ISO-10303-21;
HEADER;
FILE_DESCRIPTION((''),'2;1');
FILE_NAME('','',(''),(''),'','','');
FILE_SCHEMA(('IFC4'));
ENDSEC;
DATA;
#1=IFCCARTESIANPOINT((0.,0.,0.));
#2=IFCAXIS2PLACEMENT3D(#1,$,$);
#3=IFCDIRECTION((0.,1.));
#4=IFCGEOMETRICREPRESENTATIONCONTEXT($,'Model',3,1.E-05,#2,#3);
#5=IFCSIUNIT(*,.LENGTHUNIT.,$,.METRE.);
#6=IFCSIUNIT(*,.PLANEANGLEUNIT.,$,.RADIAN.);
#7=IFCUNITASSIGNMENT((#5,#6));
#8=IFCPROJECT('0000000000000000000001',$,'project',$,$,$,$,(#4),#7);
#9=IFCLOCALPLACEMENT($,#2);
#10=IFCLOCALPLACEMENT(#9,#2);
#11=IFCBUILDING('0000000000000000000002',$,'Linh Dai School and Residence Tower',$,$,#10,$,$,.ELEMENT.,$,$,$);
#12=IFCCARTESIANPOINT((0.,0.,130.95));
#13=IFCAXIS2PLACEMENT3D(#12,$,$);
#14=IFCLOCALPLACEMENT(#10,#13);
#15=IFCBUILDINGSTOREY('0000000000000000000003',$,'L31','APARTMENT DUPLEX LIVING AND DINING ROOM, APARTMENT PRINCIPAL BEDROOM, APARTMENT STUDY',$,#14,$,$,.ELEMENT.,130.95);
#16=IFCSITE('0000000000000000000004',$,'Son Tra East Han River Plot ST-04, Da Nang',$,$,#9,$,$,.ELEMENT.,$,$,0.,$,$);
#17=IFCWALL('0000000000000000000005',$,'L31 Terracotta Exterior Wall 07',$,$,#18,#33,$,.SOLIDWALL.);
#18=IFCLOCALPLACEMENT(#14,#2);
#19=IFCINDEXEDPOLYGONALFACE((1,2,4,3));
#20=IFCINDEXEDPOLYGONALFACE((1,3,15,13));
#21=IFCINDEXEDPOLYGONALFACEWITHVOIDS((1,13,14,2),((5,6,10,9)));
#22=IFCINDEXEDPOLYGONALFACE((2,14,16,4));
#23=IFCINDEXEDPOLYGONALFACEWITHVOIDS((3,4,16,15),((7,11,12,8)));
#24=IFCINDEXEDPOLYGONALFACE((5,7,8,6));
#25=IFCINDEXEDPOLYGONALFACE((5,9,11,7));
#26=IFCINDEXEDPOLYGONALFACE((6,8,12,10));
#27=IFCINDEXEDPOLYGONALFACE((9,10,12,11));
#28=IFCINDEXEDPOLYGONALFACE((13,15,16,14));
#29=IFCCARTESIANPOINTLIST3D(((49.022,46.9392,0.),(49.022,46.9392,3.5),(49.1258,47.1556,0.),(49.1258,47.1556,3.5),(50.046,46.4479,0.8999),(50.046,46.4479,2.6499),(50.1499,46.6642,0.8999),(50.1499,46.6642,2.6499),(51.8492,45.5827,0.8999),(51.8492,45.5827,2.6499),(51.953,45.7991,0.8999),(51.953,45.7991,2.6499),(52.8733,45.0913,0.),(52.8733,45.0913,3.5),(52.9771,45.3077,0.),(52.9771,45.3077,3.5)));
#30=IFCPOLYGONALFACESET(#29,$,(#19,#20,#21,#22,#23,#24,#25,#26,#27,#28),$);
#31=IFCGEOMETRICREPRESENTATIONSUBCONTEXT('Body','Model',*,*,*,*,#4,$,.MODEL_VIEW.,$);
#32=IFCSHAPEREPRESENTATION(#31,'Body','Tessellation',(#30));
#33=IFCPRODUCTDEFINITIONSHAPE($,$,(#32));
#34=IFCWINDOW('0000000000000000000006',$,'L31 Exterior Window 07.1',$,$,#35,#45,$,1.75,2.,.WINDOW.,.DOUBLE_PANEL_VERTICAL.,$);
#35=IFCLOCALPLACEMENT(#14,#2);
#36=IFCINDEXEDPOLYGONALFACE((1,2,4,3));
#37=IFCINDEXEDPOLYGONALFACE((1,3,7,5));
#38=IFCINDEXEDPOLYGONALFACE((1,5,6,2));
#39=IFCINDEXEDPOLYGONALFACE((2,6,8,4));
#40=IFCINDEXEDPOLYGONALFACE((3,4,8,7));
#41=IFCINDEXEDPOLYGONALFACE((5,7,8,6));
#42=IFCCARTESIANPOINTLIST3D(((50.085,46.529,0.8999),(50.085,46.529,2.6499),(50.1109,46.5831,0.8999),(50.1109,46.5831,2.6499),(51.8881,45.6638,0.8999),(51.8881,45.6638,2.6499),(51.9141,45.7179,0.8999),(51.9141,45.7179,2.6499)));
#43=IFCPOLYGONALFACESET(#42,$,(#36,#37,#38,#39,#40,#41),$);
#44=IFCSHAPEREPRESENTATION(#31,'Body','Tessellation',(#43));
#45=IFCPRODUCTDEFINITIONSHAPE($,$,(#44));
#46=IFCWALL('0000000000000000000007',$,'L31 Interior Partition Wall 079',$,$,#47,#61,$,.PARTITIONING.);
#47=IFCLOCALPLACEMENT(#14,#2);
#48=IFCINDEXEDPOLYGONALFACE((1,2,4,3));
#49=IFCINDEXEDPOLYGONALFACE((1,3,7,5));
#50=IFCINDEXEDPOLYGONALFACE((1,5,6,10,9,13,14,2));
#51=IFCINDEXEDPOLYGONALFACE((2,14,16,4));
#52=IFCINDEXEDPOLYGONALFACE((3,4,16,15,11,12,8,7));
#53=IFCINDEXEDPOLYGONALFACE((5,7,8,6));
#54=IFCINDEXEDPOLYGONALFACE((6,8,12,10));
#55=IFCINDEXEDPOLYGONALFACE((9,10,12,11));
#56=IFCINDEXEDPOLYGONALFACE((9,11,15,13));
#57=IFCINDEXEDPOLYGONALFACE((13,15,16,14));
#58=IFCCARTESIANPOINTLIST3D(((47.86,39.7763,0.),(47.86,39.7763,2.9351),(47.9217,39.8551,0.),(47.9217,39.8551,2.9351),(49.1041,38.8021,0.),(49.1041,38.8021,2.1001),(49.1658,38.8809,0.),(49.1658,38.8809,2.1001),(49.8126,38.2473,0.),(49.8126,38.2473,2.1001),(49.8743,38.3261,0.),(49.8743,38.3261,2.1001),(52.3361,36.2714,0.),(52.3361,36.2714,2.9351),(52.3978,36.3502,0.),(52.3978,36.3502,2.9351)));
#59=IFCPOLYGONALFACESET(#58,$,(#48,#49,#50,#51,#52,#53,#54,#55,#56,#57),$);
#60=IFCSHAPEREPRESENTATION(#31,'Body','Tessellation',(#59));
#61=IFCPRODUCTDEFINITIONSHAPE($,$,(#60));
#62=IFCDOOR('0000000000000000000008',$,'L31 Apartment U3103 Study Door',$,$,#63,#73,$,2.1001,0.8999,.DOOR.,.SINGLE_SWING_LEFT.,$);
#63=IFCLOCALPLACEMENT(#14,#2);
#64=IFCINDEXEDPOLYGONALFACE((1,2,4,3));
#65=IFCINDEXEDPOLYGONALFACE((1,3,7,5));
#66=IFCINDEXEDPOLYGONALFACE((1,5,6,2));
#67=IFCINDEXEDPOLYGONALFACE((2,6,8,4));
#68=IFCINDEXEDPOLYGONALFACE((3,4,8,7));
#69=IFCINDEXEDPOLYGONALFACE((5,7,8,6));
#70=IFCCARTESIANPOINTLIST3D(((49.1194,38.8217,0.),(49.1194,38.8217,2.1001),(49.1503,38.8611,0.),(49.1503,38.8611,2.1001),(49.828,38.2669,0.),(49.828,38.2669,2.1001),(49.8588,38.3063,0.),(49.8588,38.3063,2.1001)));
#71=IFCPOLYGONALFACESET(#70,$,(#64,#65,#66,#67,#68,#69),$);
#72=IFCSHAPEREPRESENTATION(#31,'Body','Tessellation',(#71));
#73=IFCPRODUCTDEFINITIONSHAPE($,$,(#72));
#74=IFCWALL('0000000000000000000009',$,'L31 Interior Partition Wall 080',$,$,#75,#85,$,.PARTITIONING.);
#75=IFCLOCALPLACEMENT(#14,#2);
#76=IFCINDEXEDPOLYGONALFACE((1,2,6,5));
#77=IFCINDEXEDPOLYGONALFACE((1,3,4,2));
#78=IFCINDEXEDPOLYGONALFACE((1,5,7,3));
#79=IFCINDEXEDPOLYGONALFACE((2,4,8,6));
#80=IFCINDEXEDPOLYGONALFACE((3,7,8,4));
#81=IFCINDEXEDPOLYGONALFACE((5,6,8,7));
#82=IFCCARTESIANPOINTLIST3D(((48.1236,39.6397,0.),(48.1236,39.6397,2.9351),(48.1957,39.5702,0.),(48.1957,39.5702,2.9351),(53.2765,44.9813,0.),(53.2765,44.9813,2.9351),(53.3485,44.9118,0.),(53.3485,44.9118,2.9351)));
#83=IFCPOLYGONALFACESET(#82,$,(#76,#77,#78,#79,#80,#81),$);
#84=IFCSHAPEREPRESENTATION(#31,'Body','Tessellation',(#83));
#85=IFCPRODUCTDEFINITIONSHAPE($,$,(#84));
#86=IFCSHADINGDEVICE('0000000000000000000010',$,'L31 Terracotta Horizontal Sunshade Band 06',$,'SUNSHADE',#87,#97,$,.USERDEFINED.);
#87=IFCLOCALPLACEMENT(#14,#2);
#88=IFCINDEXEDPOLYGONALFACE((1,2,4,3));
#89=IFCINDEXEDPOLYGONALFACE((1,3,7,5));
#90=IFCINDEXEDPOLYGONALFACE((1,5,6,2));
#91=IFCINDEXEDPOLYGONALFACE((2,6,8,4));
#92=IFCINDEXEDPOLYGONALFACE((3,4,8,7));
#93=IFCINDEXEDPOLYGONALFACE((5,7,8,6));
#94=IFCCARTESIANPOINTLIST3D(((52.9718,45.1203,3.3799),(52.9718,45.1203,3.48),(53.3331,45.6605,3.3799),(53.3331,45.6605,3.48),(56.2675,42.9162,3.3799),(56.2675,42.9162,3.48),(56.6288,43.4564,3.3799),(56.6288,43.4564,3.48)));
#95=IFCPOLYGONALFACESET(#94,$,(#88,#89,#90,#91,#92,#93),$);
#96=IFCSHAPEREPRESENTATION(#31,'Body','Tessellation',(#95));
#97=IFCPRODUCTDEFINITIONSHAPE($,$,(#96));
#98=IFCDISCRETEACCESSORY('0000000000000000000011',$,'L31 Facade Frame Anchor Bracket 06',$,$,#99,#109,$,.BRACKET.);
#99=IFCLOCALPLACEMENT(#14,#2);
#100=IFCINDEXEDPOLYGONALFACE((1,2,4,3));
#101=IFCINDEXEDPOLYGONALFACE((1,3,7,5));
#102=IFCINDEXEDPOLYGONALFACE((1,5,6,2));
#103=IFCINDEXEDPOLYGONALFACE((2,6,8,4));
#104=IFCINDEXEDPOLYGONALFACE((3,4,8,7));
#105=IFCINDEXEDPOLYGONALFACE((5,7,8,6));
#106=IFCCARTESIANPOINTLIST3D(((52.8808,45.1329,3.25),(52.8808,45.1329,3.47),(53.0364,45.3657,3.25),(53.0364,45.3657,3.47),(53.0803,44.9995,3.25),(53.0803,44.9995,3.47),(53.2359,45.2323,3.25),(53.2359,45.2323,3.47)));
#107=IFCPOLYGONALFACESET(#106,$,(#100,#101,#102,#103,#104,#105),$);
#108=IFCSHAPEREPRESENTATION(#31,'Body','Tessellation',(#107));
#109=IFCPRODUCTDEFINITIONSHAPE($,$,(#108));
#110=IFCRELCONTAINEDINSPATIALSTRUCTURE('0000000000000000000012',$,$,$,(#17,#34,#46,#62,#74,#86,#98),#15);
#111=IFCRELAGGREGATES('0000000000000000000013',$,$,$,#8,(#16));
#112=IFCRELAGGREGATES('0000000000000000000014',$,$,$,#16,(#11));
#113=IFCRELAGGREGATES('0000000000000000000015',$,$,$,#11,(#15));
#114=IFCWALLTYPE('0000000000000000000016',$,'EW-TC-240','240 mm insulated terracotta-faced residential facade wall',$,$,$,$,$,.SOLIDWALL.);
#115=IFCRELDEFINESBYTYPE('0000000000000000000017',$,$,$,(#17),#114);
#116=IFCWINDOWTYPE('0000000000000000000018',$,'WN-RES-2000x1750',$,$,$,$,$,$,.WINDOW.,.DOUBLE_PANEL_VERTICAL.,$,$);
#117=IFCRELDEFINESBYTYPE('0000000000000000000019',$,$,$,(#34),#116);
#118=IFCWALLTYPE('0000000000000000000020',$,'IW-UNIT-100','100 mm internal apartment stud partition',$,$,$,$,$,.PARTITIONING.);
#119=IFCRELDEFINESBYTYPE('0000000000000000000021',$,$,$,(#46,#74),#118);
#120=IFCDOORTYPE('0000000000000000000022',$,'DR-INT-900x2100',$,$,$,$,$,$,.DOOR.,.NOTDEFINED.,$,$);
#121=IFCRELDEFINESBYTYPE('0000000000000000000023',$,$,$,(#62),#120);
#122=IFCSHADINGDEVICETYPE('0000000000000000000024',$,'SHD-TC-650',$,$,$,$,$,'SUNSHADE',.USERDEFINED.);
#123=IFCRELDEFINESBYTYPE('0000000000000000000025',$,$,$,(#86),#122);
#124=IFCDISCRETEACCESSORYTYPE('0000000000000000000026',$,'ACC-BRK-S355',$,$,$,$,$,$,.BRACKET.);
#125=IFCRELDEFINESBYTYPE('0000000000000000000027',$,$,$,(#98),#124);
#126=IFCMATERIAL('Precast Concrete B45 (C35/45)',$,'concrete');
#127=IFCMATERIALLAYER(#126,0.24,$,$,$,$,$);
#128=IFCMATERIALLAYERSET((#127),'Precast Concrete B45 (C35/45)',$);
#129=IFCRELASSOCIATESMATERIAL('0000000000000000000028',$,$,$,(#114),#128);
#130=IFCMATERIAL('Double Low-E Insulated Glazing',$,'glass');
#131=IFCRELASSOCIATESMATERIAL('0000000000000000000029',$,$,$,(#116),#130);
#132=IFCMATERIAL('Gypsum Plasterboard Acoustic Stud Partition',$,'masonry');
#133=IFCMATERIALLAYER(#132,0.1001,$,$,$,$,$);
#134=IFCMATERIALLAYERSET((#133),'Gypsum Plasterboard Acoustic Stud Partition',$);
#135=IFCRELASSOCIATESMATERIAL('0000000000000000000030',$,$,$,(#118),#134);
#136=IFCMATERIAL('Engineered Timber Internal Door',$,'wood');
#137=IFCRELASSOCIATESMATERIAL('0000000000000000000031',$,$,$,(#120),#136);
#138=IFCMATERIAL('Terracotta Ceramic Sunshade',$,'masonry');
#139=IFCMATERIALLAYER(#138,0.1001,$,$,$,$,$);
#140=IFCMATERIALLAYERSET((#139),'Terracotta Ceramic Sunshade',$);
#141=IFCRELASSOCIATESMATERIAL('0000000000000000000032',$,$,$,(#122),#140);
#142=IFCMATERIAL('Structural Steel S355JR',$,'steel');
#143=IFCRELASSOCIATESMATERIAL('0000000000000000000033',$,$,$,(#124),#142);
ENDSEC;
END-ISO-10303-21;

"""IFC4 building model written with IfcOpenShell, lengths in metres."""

from ifc_helpers import new_model, si_unit, direction, frame, frame_2d, origin, origin_2d, place, context, subcontext, project, spatial, rectangle, extrude, source, transform, mapped, material, layer, layer_set, type_object, element, fill, save


model = new_model("IFC4")

# Units and contexts
model_context = context("Model", 3, precision=1e-05, world=origin(), true_north=direction((0.0, 1.0)))
body_context = subcontext(model_context, "Body", "Model", "MODEL_VIEW")
ifc_project = project(units=[si_unit("LENGTHUNIT", "METRE"), si_unit("PLANEANGLEUNIT", "RADIAN")], contexts=[model_context])

# Site, building, storey
site_placement = place(None, origin())
site = spatial("IfcSite", under=ifc_project, at=site_placement, Name="Son Tra East Han River Plot ST-04, Da Nang", CompositionType="ELEMENT", RefElevation=0.0)
building_placement = place(site_placement, origin())
building = spatial("IfcBuilding", under=site, at=building_placement, Name="Linh Dai School and Residence Tower", CompositionType="ELEMENT")
storey_placement = place(building_placement, frame((0.0, 0.0, 130.95)))
storey = spatial("IfcBuildingStorey", under=building, at=storey_placement, Name="L31", Description="APARTMENT DUPLEX LIVING AND DINING ROOM, APARTMENT PRINCIPAL BEDROOM, APARTMENT STUDY", CompositionType="ELEMENT", Elevation=130.95)

# Shared definitions
ifc_material_1 = material(Name="Structural Steel S355JR", Category="steel")

# Shared definitions
ifc_material_2 = material(Name="Precast Concrete B45 (C35/45)", Category="concrete")

# Shared definitions
ifc_material_3 = material(Name="Double Low-E Insulated Glazing", Category="glass")

# Wall, opening, window
ifc_layer_1 = layer(ifc_material_2, 0.24)
ifc_layer_set_1 = layer_set([ifc_layer_1], Name="Precast Concrete B45 (C35/45)")
wall_type_1 = type_object("IfcWallType", Name="EW-TC-240", Description="240 mm insulated terracotta-faced residential facade wall", PredefinedType="SOLIDWALL", material=ifc_layer_set_1)
window_type_1 = type_object("IfcWindowType", Name="WN-RES-2000x1750", PartitioningType="DOUBLE_PANEL_VERTICAL", PredefinedType="WINDOW", material=ifc_material_3)
shared_shape_1 = source(origin(), body_context, "Body", "SweptSolid", [
    extrude(rectangle(XDim=2.0, YDim=1.75, at=origin_2d()), frame((1.0, 0.03, 0.875), z_axis=(0.0, -1.0, 0.0), x_axis=(1.0, 0.0, 0.0)), (0.0, 0.0, 1.0), 0.0601),
])
wall_1_placement = place(storey_placement, frame((49.074, 47.0474, 0.0), z_axis=(0.0, 0.0, 1.0), x_axis=(0.90159, -0.432592, 0.0)))
wall_1 = element("IfcWall", 1, at=wall_1_placement, inside=storey, type_object=wall_type_1, Name="L31 Terracotta Exterior Wall 07", PredefinedType="SOLIDWALL", context=body_context, shape_type="SweptSolid", body=[
    extrude(rectangle(XDim=4.2717, YDim=0.24, at=frame_2d((2.1357, 0.0))), origin(), (0.0, 0.0, 1.0), 3.5),
])
opening_1_placement = place(wall_1_placement, frame((1.1357, 0.0, 0.8999)))
opening_1 = element("IfcOpeningElement", 2, at=opening_1_placement, cuts=wall_1, PredefinedType="OPENING", context=body_context, shape_type="SweptSolid", body=[
    extrude(rectangle(XDim=2.0, YDim=1.75, at=origin_2d()), frame((1.0, 0.1299, 0.875), z_axis=(0.0, -1.0, 0.0), x_axis=(1.0, 0.0, 0.0)), (0.0, 0.0, 1.0), 0.26),
])
window_1_placement = place(opening_1_placement, origin())
window_1 = element("IfcWindow", 3, at=window_1_placement, inside=storey, type_object=window_type_1, Name="L31 Exterior Window 07.1", OverallHeight=1.75, OverallWidth=2.0, PartitioningType="DOUBLE_PANEL_VERTICAL", PredefinedType="WINDOW", context=body_context, shape_type="MappedRepresentation", body=[
    mapped(shared_shape_1, transform((0.0, 0.0, 0.0), x_axis=(1.0, 0.0, 0.0), y_axis=(0.0, 1.0, 0.0), z_axis=(0.0, 0.0, 1.0), scale=1.0)),
])
fill(opening_1, window_1)

# Wall, opening, door
ifc_material_4 = material(Name="Gypsum Plasterboard Acoustic Stud Partition", Category="masonry")
ifc_layer_2 = layer(ifc_material_4, 0.1001)
ifc_layer_set_2 = layer_set([ifc_layer_2], Name="Gypsum Plasterboard Acoustic Stud Partition")
wall_type_2 = type_object("IfcWallType", Name="IW-UNIT-100", Description="100 mm internal apartment stud partition", PredefinedType="PARTITIONING", material=ifc_layer_set_2)
wall_2_placement = place(storey_placement, frame((47.8909, 39.8157, 0.0), z_axis=(0.0, 0.0, 1.0), x_axis=(0.787345, -0.616512, 0.0)))
wall_2 = element("IfcWall", 4, at=wall_2_placement, inside=storey, type_object=wall_type_2, Name="L31 Interior Partition Wall 079", PredefinedType="PARTITIONING", context=body_context, shape_type="SweptSolid", body=[
    extrude(rectangle(XDim=5.6851, YDim=0.1001, at=frame_2d((2.8425, 0.0))), origin(), (0.0, 0.0, 1.0), 2.9351),
])
opening_2_placement = place(wall_2_placement, frame((1.5801, 0.0, 0.0)))
opening_2 = element("IfcOpeningElement", 5, at=opening_2_placement, cuts=wall_2, PredefinedType="OPENING", context=body_context, shape_type="SweptSolid", body=[
    extrude(rectangle(XDim=0.8999, YDim=2.1001, at=origin_2d()), frame((0.45, 0.0601, 1.05), z_axis=(0.0, -1.0, 0.0), x_axis=(1.0, 0.0, 0.0)), (0.0, 0.0, 1.0), 0.1201),
])
ifc_material_5 = material(Name="Engineered Timber Internal Door", Category="wood")
door_type = type_object("IfcDoorType", Name="DR-INT-900x2100", OperationType="NOTDEFINED", PredefinedType="DOOR", material=ifc_material_5)
shared_shape_2 = source(origin(), body_context, "Body", "SweptSolid", [
    extrude(rectangle(XDim=0.8999, YDim=2.1001, at=origin_2d()), frame((0.45, 0.0249, 1.05), z_axis=(0.0, -1.0, 0.0), x_axis=(1.0, 0.0, 0.0)), (0.0, 0.0, 1.0), 0.05),
])
door_placement = place(opening_2_placement, origin())
door = element("IfcDoor", 6, at=door_placement, inside=storey, type_object=door_type, Name="L31 Apartment U3103 Study Door", OperationType="SINGLE_SWING_LEFT", OverallHeight=2.1001, OverallWidth=0.8999, PredefinedType="DOOR", context=body_context, shape_type="MappedRepresentation", body=[
    mapped(shared_shape_2, transform((0.0, 0.0, 0.0), x_axis=(1.0, 0.0, 0.0), y_axis=(0.0, 1.0, 0.0), z_axis=(0.0, 0.0, 1.0), scale=1.0)),
])
fill(opening_2, door)

# Wall
wall_3_placement = place(storey_placement, frame((48.1597, 39.605, 0.0), z_axis=(0.0, 0.0, 1.0), x_axis=(0.694279, 0.719706, 0.0)))
element("IfcWall", 7, at=wall_3_placement, inside=storey, type_object=wall_type_2, Name="L31 Interior Partition Wall 080", PredefinedType="PARTITIONING", context=body_context, shape_type="SweptSolid", body=[
    extrude(rectangle(XDim=7.4219, YDim=0.1001, at=frame_2d((3.7109, 0.0))), origin(), (0.0, 0.0, 1.0), 2.9351),
])

# Shading device
ifc_material_6 = material(Name="Terracotta Ceramic Sunshade", Category="masonry")
ifc_layer_3 = layer(ifc_material_6, 0.1001)
ifc_layer_set_3 = layer_set([ifc_layer_3], Name="Terracotta Ceramic Sunshade")
shading_device_type = type_object("IfcShadingDeviceType", Name="SHD-TC-650", ElementType="SUNSHADE", PredefinedType="USERDEFINED", material=ifc_layer_set_3)
shared_shape_3 = source(origin(), body_context, "Body", "SweptSolid", [
    extrude(rectangle(XDim=3.9648, YDim=0.6499, at=origin_2d()), origin(), (0.0, 0.0, 1.0), 0.1001),
])
shading_device_placement = place(storey_placement, frame((54.8003, 44.2883, 3.3799), z_axis=(0.0, 0.0, 1.0), x_axis=(0.83124, -0.555913, 0.0)))
element("IfcShadingDevice", 8, at=shading_device_placement, inside=storey, type_object=shading_device_type, Name="L31 Terracotta Horizontal Sunshade Band 06", ObjectType="SUNSHADE", PredefinedType="USERDEFINED", context=body_context, shape_type="MappedRepresentation", body=[
    mapped(shared_shape_3, transform((0.0, 0.0, 0.0), x_axis=(1.0, 0.0, 0.0), y_axis=(0.0, 1.0, 0.0), z_axis=(0.0, 0.0, 1.0), scale=1.0)),
])

# Discrete accessory
discrete_accessory_type = type_object("IfcDiscreteAccessoryType", Name="ACC-BRK-S355", PredefinedType="BRACKET", material=ifc_material_1)
shared_shape_4 = source(origin(), body_context, "Body", "SweptSolid", [
    extrude(rectangle(XDim=0.28, YDim=0.24, at=origin_2d()), origin(), (0.0, 0.0, 1.0), 0.22),
])
discrete_accessory_placement = place(storey_placement, frame((53.0583, 45.1826, 3.25), z_axis=(0.0, 0.0, 1.0), x_axis=(0.555913, 0.83124, 0.0)))
element("IfcDiscreteAccessory", 9, at=discrete_accessory_placement, inside=storey, type_object=discrete_accessory_type, Name="L31 Facade Frame Anchor Bracket 06", PredefinedType="BRACKET", context=body_context, shape_type="MappedRepresentation", body=[
    mapped(shared_shape_4, transform((0.0, 0.0, 0.0), x_axis=(1.0, 0.0, 0.0), y_axis=(0.0, 1.0, 0.0), z_axis=(0.0, 0.0, 1.0), scale=1.0)),
])

save(model, "model.ifc")
